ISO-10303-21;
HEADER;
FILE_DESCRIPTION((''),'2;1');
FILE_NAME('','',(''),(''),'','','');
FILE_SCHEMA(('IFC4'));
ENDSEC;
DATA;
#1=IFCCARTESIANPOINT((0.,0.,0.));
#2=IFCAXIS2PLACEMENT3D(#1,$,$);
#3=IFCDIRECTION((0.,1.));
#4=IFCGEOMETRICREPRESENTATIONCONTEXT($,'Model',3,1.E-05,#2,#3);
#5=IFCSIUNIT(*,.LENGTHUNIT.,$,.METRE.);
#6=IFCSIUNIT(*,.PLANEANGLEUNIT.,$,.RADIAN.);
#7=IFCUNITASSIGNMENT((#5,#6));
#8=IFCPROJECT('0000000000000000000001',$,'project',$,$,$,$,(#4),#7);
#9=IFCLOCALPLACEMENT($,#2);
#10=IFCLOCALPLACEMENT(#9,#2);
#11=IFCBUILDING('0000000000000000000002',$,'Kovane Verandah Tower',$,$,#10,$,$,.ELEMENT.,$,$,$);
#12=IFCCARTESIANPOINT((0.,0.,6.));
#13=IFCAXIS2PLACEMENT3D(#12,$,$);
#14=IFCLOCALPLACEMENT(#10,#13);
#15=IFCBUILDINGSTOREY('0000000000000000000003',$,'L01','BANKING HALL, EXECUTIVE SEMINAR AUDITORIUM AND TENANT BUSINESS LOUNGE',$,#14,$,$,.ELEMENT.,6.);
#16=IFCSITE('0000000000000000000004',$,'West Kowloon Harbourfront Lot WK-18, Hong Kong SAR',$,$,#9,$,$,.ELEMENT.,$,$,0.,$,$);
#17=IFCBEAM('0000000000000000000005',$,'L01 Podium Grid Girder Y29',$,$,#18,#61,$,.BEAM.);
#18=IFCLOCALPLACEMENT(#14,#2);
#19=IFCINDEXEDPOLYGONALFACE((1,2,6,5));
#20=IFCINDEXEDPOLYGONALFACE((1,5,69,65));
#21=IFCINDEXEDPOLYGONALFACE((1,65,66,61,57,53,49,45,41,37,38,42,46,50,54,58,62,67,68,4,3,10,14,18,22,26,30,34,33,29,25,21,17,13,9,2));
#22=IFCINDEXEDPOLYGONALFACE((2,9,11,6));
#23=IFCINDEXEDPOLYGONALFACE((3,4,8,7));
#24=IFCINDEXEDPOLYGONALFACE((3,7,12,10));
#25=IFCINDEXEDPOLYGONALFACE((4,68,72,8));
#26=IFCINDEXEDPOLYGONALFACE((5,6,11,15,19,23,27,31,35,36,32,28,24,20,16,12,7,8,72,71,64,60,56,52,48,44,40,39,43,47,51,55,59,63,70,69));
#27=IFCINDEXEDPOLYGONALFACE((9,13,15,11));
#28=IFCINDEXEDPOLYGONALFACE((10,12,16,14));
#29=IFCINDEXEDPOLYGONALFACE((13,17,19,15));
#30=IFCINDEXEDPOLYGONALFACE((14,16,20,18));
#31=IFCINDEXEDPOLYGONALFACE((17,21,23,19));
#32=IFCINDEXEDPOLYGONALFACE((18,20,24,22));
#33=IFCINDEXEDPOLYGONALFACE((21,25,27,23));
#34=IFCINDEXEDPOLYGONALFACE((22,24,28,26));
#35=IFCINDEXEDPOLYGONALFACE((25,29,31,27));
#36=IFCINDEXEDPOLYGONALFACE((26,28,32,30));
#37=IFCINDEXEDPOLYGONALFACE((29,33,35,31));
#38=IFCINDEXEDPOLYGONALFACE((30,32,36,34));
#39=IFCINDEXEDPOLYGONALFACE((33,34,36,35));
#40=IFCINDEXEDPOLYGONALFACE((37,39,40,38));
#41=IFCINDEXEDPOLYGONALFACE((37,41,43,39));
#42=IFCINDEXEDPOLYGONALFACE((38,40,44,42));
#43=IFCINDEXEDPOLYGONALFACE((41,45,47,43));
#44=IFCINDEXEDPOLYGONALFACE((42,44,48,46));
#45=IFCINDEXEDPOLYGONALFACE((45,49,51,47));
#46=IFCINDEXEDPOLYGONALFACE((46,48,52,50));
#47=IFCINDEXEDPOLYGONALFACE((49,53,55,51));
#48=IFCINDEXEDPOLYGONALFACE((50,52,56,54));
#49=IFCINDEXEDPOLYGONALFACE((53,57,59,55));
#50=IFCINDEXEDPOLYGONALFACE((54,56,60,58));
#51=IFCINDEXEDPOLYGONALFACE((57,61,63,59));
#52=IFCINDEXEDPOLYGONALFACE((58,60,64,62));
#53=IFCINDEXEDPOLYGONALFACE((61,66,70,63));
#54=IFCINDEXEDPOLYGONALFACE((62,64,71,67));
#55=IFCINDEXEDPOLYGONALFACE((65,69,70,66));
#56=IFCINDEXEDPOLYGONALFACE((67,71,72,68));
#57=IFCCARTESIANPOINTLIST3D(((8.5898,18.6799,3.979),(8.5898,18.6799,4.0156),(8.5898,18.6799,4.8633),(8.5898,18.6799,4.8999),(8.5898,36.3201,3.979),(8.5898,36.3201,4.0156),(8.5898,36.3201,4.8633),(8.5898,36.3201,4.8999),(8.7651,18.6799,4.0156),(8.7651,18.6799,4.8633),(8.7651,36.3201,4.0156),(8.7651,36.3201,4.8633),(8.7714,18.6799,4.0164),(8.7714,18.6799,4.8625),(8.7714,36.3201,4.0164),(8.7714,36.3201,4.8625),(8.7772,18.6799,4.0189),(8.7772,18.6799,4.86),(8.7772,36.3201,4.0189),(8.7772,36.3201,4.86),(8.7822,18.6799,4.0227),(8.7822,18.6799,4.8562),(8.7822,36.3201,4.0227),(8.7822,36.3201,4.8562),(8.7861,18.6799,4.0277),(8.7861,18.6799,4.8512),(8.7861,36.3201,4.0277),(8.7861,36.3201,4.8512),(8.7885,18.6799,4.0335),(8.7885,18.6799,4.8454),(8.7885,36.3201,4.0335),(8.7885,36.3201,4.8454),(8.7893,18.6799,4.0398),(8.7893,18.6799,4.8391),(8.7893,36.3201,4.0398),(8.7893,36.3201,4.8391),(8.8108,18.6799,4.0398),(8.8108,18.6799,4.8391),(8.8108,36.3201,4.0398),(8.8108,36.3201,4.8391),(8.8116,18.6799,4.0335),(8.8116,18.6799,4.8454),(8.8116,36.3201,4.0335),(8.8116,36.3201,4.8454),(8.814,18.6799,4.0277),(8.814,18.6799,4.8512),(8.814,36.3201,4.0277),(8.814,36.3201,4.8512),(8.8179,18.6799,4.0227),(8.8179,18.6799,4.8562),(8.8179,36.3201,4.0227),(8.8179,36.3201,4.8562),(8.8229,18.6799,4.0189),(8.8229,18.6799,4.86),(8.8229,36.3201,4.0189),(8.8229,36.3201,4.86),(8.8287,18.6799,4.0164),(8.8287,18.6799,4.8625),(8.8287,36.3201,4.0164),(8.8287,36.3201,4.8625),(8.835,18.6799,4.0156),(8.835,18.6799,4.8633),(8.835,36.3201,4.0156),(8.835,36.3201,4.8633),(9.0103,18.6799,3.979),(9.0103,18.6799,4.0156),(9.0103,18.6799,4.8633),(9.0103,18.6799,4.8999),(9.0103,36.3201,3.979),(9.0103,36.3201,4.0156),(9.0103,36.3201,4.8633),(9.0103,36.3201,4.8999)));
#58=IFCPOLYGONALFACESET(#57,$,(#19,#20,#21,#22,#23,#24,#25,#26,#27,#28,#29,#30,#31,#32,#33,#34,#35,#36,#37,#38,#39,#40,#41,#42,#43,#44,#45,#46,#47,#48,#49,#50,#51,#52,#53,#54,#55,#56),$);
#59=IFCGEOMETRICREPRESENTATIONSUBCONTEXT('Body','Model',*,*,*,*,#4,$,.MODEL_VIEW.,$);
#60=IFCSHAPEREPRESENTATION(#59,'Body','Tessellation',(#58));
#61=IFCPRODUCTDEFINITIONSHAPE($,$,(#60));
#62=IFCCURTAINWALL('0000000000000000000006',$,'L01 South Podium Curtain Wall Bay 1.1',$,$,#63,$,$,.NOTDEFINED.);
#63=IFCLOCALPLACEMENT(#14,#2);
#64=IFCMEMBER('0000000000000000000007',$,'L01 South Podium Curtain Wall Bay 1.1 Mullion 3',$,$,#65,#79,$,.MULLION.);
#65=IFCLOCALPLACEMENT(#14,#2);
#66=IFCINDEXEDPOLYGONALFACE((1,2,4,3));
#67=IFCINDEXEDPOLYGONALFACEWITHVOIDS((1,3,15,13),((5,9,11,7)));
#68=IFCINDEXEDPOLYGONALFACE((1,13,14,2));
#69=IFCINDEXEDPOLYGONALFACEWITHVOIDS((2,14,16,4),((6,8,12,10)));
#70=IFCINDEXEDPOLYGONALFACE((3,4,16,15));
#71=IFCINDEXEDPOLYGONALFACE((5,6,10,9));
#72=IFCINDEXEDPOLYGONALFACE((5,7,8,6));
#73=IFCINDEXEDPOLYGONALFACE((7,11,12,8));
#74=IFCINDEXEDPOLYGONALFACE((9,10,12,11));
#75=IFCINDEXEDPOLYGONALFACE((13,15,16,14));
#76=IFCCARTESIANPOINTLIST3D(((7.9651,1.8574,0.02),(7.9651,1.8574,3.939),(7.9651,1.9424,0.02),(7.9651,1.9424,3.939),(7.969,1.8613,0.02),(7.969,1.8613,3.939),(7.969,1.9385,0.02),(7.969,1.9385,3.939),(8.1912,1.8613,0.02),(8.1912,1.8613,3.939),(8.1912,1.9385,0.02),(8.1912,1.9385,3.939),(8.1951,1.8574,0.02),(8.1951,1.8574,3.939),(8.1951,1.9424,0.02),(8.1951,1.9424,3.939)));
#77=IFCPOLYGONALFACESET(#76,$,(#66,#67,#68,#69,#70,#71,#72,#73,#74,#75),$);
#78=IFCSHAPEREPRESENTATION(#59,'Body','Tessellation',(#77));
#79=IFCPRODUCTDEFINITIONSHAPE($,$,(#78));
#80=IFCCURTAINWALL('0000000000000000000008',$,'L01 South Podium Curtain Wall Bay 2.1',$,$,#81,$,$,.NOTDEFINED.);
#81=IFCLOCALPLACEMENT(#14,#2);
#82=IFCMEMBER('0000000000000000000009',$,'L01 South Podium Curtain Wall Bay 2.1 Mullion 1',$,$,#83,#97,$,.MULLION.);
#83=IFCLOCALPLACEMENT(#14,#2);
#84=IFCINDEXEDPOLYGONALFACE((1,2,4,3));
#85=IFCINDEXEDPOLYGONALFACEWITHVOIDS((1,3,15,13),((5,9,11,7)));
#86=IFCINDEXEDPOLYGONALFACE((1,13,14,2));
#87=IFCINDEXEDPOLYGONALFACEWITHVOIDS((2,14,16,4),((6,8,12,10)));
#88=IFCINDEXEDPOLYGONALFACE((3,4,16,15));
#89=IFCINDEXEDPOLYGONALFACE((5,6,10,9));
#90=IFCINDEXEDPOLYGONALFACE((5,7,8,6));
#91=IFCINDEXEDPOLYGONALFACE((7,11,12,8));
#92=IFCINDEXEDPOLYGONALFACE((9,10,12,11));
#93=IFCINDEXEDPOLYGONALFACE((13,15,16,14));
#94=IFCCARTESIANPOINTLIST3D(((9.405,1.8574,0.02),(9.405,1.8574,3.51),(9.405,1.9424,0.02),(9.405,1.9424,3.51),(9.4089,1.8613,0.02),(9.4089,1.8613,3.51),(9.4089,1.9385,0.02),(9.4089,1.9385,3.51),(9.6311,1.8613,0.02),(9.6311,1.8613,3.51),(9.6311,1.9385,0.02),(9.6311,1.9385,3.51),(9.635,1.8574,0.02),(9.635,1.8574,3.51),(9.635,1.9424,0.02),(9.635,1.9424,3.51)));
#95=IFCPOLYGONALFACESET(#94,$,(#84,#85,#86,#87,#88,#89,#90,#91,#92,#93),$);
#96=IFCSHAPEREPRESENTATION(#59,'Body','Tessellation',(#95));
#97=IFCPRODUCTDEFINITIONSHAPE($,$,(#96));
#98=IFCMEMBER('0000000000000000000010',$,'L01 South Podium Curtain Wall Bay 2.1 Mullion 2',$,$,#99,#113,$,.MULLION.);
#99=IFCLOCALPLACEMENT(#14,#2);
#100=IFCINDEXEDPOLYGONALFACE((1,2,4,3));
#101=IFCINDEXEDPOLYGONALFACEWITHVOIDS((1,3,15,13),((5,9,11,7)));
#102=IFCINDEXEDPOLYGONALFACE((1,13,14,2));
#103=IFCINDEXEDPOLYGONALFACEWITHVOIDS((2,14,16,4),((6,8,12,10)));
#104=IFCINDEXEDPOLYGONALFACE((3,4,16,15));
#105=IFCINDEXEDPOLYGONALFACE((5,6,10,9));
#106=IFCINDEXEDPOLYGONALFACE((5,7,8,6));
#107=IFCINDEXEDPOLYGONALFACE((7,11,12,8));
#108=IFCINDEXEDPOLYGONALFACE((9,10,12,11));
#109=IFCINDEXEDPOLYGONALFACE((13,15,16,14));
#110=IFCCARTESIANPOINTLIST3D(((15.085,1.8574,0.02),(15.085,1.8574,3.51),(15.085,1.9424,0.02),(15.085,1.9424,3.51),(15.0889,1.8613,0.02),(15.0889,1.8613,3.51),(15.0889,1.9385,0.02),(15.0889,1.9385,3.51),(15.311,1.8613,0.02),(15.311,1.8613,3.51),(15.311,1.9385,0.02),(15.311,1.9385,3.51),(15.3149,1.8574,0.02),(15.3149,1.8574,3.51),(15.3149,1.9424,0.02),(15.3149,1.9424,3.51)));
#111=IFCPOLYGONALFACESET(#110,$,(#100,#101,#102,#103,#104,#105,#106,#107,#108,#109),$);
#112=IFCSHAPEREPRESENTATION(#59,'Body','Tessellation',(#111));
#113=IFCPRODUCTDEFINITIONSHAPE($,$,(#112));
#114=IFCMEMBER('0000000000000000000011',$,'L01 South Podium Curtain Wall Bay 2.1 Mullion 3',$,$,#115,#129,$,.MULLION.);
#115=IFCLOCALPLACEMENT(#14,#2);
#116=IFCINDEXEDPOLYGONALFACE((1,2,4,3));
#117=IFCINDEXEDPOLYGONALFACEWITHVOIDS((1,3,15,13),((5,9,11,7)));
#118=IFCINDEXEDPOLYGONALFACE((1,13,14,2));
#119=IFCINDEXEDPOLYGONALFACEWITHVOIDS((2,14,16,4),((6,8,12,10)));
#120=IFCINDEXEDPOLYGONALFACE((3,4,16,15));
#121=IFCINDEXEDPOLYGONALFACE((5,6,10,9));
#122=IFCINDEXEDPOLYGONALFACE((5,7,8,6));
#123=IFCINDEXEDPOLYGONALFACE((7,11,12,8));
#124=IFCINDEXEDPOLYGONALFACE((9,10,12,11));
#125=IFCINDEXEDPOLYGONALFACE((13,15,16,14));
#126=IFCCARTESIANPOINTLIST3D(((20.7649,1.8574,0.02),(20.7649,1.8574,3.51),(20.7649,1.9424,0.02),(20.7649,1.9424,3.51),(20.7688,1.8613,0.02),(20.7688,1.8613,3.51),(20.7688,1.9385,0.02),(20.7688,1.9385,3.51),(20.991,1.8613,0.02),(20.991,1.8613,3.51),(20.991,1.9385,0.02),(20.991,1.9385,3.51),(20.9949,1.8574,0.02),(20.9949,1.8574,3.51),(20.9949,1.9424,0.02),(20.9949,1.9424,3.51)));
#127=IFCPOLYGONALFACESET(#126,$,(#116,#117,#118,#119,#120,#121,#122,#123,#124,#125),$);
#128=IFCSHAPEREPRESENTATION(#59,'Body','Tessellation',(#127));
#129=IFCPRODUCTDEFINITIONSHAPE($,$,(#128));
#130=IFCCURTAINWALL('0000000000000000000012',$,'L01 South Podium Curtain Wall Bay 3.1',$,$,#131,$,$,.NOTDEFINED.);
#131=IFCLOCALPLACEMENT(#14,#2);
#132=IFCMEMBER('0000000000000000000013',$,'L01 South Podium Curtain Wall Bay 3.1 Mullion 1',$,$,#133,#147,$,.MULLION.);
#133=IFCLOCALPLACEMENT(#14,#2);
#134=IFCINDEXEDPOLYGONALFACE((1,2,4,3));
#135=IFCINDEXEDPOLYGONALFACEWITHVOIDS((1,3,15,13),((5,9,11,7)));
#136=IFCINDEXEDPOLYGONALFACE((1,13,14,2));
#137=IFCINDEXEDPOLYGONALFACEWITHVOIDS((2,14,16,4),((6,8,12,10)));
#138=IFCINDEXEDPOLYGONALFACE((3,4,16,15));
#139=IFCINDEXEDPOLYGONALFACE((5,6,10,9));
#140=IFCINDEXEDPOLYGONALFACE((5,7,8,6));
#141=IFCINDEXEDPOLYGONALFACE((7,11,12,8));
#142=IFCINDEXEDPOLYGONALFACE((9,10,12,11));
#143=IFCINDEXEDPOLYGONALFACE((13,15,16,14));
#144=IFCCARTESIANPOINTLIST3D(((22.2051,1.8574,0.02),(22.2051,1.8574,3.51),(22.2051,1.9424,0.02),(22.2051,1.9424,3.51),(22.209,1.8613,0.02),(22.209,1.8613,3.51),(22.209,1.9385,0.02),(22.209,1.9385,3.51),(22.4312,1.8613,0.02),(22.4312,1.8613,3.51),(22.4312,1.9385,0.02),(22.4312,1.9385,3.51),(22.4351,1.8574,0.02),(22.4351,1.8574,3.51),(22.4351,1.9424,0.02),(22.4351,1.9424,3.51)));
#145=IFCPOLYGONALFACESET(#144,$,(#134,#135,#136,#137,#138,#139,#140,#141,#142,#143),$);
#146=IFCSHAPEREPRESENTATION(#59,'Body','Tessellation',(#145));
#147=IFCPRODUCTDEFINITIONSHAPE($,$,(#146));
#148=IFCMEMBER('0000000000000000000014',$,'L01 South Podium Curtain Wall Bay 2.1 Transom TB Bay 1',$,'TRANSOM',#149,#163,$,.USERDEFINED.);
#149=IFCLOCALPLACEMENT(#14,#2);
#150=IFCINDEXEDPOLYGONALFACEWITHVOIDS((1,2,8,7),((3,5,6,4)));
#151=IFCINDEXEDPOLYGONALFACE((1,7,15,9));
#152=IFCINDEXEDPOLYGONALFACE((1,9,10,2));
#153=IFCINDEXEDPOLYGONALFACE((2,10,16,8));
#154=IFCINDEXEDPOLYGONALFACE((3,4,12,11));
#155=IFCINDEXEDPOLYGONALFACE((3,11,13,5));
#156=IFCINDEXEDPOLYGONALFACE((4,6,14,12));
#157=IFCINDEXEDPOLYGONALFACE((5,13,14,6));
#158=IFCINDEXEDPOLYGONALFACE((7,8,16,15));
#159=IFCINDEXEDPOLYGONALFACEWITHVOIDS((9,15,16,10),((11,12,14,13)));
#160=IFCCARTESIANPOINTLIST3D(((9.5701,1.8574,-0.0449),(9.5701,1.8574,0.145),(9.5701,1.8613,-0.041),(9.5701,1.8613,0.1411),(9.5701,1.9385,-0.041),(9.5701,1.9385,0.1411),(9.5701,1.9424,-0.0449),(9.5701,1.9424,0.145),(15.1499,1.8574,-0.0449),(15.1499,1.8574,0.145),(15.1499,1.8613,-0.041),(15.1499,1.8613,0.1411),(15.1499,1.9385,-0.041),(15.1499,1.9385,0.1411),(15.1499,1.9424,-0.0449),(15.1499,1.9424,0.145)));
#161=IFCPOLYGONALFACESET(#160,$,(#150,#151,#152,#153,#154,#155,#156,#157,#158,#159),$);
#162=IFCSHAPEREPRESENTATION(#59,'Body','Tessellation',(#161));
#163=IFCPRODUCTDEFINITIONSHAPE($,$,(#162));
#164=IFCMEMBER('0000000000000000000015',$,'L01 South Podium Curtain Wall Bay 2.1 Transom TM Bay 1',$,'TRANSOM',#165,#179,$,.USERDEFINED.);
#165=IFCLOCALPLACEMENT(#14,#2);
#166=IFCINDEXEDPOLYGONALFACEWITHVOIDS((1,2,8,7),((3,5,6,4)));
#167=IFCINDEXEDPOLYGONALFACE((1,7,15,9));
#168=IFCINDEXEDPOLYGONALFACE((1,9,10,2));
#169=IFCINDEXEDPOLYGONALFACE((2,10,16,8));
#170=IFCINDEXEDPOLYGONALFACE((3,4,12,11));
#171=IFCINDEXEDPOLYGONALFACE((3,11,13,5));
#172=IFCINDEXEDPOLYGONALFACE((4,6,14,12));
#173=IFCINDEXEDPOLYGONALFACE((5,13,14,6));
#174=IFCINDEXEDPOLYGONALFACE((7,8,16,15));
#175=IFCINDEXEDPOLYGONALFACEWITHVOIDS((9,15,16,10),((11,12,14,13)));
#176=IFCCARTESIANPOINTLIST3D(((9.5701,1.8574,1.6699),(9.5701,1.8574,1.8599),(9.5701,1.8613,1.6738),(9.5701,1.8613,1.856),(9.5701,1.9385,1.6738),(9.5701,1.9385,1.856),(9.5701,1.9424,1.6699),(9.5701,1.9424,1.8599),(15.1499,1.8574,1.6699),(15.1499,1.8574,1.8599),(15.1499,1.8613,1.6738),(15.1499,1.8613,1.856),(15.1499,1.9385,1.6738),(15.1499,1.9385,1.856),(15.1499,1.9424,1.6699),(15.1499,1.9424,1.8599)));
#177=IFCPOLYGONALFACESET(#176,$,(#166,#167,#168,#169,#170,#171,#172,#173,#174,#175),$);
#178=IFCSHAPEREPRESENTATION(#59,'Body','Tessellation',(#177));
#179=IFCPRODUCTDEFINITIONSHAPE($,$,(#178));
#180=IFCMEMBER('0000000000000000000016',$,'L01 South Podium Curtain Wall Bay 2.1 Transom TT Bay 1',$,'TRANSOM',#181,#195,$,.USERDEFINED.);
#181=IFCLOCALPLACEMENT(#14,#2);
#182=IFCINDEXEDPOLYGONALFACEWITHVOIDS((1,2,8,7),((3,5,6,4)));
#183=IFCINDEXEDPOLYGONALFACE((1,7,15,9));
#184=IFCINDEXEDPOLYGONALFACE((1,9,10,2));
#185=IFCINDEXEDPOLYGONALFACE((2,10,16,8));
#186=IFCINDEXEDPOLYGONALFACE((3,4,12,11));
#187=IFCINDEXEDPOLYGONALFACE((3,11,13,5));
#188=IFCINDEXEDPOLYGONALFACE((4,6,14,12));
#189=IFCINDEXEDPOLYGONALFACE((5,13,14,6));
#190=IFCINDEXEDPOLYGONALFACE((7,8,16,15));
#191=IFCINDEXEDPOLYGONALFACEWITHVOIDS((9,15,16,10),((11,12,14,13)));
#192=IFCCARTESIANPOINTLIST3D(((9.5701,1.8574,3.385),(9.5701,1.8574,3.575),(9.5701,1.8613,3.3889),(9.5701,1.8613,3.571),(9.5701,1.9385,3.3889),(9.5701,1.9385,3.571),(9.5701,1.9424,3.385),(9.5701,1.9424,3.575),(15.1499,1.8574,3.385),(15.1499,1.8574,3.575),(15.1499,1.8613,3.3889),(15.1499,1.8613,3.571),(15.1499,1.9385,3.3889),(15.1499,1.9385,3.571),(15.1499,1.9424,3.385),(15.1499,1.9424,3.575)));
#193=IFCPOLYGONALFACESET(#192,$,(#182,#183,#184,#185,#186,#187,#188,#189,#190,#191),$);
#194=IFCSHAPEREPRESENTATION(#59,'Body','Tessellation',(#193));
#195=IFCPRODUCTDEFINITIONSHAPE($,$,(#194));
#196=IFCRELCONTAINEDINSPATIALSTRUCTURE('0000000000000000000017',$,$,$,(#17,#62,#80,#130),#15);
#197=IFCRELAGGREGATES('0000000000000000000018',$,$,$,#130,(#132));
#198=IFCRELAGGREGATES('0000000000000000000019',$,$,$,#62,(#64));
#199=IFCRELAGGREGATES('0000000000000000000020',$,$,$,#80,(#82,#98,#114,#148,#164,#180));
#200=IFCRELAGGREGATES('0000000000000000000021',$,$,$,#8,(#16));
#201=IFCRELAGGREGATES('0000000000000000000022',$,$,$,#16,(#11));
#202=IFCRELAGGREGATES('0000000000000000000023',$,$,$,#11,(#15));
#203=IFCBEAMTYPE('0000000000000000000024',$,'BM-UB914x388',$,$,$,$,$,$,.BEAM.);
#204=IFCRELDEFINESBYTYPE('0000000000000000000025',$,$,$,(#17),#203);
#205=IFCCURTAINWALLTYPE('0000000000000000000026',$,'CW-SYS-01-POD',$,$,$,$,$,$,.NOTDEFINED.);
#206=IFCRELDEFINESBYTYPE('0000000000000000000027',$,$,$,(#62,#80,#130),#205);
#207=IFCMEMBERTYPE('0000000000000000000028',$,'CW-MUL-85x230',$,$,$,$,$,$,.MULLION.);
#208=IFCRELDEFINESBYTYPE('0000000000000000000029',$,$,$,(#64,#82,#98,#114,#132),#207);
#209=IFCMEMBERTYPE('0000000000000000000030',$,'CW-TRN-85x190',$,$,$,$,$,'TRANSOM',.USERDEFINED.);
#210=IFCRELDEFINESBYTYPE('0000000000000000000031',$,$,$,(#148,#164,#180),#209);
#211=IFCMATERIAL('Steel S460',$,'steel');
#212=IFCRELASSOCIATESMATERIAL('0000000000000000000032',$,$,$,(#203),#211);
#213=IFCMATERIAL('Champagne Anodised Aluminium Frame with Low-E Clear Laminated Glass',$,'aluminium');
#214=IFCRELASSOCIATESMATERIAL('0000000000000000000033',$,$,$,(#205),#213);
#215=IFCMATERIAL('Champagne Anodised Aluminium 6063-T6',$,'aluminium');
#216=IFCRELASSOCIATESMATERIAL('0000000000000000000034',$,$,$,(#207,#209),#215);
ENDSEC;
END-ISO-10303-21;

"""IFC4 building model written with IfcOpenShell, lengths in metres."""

from ifc_helpers import new_model, si_unit, direction, frame, origin, origin_2d, place, context, subcontext, project, spatial, hollow_rectangle, i_section, extrude, material, material_profile, profile_set, type_object, element, aggregate, save


model = new_model("IFC4")

# Units and contexts
model_context = context("Model", 3, precision=1e-05, world=origin(), true_north=direction((0.0, 1.0)))
body_context = subcontext(model_context, "Body", "Model", "MODEL_VIEW")
ifc_project = project(units=[si_unit("LENGTHUNIT", "METRE"), si_unit("PLANEANGLEUNIT", "RADIAN")], contexts=[model_context])

# Site, building, storey
site_placement = place(None, origin())
site = spatial("IfcSite", under=ifc_project, at=site_placement, Name="West Kowloon Harbourfront Lot WK-18, Hong Kong SAR", CompositionType="ELEMENT", RefElevation=0.0)
building_placement = place(site_placement, origin())
building = spatial("IfcBuilding", under=site, at=building_placement, Name="Kovane Verandah Tower", CompositionType="ELEMENT")
storey_placement = place(building_placement, frame((0.0, 0.0, 6.0)))
storey = spatial("IfcBuildingStorey", under=building, at=storey_placement, Name="L01", Description="BANKING HALL, EXECUTIVE SEMINAR AUDITORIUM AND TENANT BUSINESS LOUNGE", CompositionType="ELEMENT", Elevation=6.0)

# Shared definitions
ifc_material_1 = material(Name="Steel S460", Category="steel")

# Beam
ifc_material_profile_1 = material_profile(ifc_material_1, i_section(OverallWidth=0.4204, OverallDepth=0.9209, WebThickness=0.0215, FlangeThickness=0.0366, FilletRadius=0.0242, at=origin_2d()), Name="UB914x419x388")
ifc_profile_set_1 = profile_set([ifc_material_profile_1], Name="Steel S460")
beam_type_1 = type_object("IfcBeamType", Name="BM-UB914x388", PredefinedType="BEAM", material=ifc_profile_set_1)
beam_1_placement = place(storey_placement, frame((8.8, 18.6799, 4.4395), z_axis=(0.0, 1.0, 0.0), x_axis=(-1.0, 0.0, 0.0)))
element("IfcBeam", 1, at=beam_1_placement, inside=storey, type_object=beam_type_1, Name="L01 Podium Grid Girder Y29", PredefinedType="BEAM", context=body_context, shape_type="SweptSolid", body=[
    extrude(i_section(OverallWidth=0.4204, OverallDepth=0.9209, WebThickness=0.0215, FlangeThickness=0.0366, FilletRadius=0.0242, at=origin_2d()), origin(), (0.0, 0.0, 1.0), 17.6401),
])

# Curtain wall, member
ifc_material_2 = material(Name="Champagne Anodised Aluminium Frame with Low-E Clear Laminated Glass", Category="aluminium")
curtain_wall_type = type_object("IfcCurtainWallType", Name="CW-SYS-01-POD", PredefinedType="NOTDEFINED", material=ifc_material_2)
curtain_wall_1_placement = place(storey_placement, origin())
curtain_wall_1 = element("IfcCurtainWall", 2, at=curtain_wall_1_placement, inside=storey, type_object=curtain_wall_type, Name="L01 South Podium Curtain Wall Bay 1.1", PredefinedType="NOTDEFINED")
ifc_material_3 = material(Name="Champagne Anodised Aluminium 6063-T6", Category="aluminium")
ifc_material_profile_2 = material_profile(ifc_material_3, hollow_rectangle(XDim=0.085, YDim=0.23, WallThickness=0.0039, at=origin_2d()), Name="AL85x230x4")
ifc_profile_set_2 = profile_set([ifc_material_profile_2], Name="Champagne Anodised Aluminium 6063-T6")
member_type_1 = type_object("IfcMemberType", Name="CW-MUL-85x230", PredefinedType="MULLION", material=ifc_profile_set_2)
member_1_placement = place(storey_placement, frame((8.0801, 1.8999, 0.02), z_axis=(0.0, 0.0, 1.0), x_axis=(0.0, -1.0, 0.0)))
member_1 = element("IfcMember", 3, at=member_1_placement, type_object=member_type_1, Name="L01 South Podium Curtain Wall Bay 1.1 Mullion 3", PredefinedType="MULLION", context=body_context, shape_type="SweptSolid", body=[
    extrude(hollow_rectangle(XDim=0.085, YDim=0.23, WallThickness=0.0039, at=origin_2d()), origin(), (0.0, 0.0, 1.0), 3.9189),
])

# Curtain wall, members
curtain_wall_2_placement = place(storey_placement, origin())
curtain_wall_2 = element("IfcCurtainWall", 4, at=curtain_wall_2_placement, inside=storey, type_object=curtain_wall_type, Name="L01 South Podium Curtain Wall Bay 2.1", PredefinedType="NOTDEFINED")
member_2_placement = place(storey_placement, frame((9.52, 1.8999, 0.02), z_axis=(0.0, 0.0, 1.0), x_axis=(0.0, -1.0, 0.0)))
member_2 = element("IfcMember", 5, at=member_2_placement, type_object=member_type_1, Name="L01 South Podium Curtain Wall Bay 2.1 Mullion 1", PredefinedType="MULLION", context=body_context, shape_type="SweptSolid", body=[
    extrude(hollow_rectangle(XDim=0.085, YDim=0.23, WallThickness=0.0039, at=origin_2d()), origin(), (0.0, 0.0, 1.0), 3.49),
])
member_3_placement = place(storey_placement, frame((15.2, 1.8999, 0.02), z_axis=(0.0, 0.0, 1.0), x_axis=(0.0, -1.0, 0.0)))
member_3 = element("IfcMember", 6, at=member_3_placement, type_object=member_type_1, Name="L01 South Podium Curtain Wall Bay 2.1 Mullion 2", PredefinedType="MULLION", context=body_context, shape_type="SweptSolid", body=[
    extrude(hollow_rectangle(XDim=0.085, YDim=0.23, WallThickness=0.0039, at=origin_2d()), origin(), (0.0, 0.0, 1.0), 3.49),
])
member_4_placement = place(storey_placement, frame((20.8799, 1.8999, 0.02), z_axis=(0.0, 0.0, 1.0), x_axis=(0.0, -1.0, 0.0)))
member_4 = element("IfcMember", 7, at=member_4_placement, type_object=member_type_1, Name="L01 South Podium Curtain Wall Bay 2.1 Mullion 3", PredefinedType="MULLION", context=body_context, shape_type="SweptSolid", body=[
    extrude(hollow_rectangle(XDim=0.085, YDim=0.23, WallThickness=0.0039, at=origin_2d()), origin(), (0.0, 0.0, 1.0), 3.49),
])

# Curtain wall, member
curtain_wall_3_placement = place(storey_placement, origin())
curtain_wall_3 = element("IfcCurtainWall", 8, at=curtain_wall_3_placement, inside=storey, type_object=curtain_wall_type, Name="L01 South Podium Curtain Wall Bay 3.1", PredefinedType="NOTDEFINED")
member_5_placement = place(storey_placement, frame((22.3201, 1.8999, 0.02), z_axis=(0.0, 0.0, 1.0), x_axis=(0.0, -1.0, 0.0)))
member_5 = element("IfcMember", 9, at=member_5_placement, type_object=member_type_1, Name="L01 South Podium Curtain Wall Bay 3.1 Mullion 1", PredefinedType="MULLION", context=body_context, shape_type="SweptSolid", body=[
    extrude(hollow_rectangle(XDim=0.085, YDim=0.23, WallThickness=0.0039, at=origin_2d()), origin(), (0.0, 0.0, 1.0), 3.49),
])
aggregate(curtain_wall_3, [member_5])

# Members
ifc_material_profile_3 = material_profile(ifc_material_3, hollow_rectangle(XDim=0.085, YDim=0.1899, WallThickness=0.0039, at=origin_2d()), Name="AL85x190x4")
ifc_profile_set_3 = profile_set([ifc_material_profile_3], Name="Champagne Anodised Aluminium 6063-T6")
member_type_2 = type_object("IfcMemberType", Name="CW-TRN-85x190", ElementType="TRANSOM", PredefinedType="USERDEFINED", material=ifc_profile_set_3)
member_6_placement = place(storey_placement, frame((9.5701, 1.8999, 0.05), z_axis=(1.0, 0.0, 0.0), x_axis=(0.0, 1.0, 0.0)))
member_6 = element("IfcMember", 10, at=member_6_placement, type_object=member_type_2, Name="L01 South Podium Curtain Wall Bay 2.1 Transom TB Bay 1", ObjectType="TRANSOM", PredefinedType="USERDEFINED", context=body_context, shape_type="SweptSolid", body=[
    extrude(hollow_rectangle(XDim=0.085, YDim=0.1899, WallThickness=0.0039, at=origin_2d()), origin(), (0.0, 0.0, 1.0), 5.5798),
])
member_7_placement = place(storey_placement, frame((9.5701, 1.8999, 1.7649), z_axis=(1.0, 0.0, 0.0), x_axis=(0.0, 1.0, 0.0)))
member_7 = element("IfcMember", 11, at=member_7_placement, type_object=member_type_2, Name="L01 South Podium Curtain Wall Bay 2.1 Transom TM Bay 1", ObjectType="TRANSOM", PredefinedType="USERDEFINED", context=body_context, shape_type="SweptSolid", body=[
    extrude(hollow_rectangle(XDim=0.085, YDim=0.1899, WallThickness=0.0039, at=origin_2d()), origin(), (0.0, 0.0, 1.0), 5.5798),
])
member_8_placement = place(storey_placement, frame((9.5701, 1.8999, 3.48), z_axis=(1.0, 0.0, 0.0), x_axis=(0.0, 1.0, 0.0)))
member_8 = element("IfcMember", 12, at=member_8_placement, type_object=member_type_2, Name="L01 South Podium Curtain Wall Bay 2.1 Transom TT Bay 1", ObjectType="TRANSOM", PredefinedType="USERDEFINED", context=body_context, shape_type="SweptSolid", body=[
    extrude(hollow_rectangle(XDim=0.085, YDim=0.1899, WallThickness=0.0039, at=origin_2d()), origin(), (0.0, 0.0, 1.0), 5.5798),
])

aggregate(curtain_wall_1, [member_1])
aggregate(curtain_wall_2, [member_2, member_3, member_4, member_6, member_7, member_8])

save(model, "model.ifc")
